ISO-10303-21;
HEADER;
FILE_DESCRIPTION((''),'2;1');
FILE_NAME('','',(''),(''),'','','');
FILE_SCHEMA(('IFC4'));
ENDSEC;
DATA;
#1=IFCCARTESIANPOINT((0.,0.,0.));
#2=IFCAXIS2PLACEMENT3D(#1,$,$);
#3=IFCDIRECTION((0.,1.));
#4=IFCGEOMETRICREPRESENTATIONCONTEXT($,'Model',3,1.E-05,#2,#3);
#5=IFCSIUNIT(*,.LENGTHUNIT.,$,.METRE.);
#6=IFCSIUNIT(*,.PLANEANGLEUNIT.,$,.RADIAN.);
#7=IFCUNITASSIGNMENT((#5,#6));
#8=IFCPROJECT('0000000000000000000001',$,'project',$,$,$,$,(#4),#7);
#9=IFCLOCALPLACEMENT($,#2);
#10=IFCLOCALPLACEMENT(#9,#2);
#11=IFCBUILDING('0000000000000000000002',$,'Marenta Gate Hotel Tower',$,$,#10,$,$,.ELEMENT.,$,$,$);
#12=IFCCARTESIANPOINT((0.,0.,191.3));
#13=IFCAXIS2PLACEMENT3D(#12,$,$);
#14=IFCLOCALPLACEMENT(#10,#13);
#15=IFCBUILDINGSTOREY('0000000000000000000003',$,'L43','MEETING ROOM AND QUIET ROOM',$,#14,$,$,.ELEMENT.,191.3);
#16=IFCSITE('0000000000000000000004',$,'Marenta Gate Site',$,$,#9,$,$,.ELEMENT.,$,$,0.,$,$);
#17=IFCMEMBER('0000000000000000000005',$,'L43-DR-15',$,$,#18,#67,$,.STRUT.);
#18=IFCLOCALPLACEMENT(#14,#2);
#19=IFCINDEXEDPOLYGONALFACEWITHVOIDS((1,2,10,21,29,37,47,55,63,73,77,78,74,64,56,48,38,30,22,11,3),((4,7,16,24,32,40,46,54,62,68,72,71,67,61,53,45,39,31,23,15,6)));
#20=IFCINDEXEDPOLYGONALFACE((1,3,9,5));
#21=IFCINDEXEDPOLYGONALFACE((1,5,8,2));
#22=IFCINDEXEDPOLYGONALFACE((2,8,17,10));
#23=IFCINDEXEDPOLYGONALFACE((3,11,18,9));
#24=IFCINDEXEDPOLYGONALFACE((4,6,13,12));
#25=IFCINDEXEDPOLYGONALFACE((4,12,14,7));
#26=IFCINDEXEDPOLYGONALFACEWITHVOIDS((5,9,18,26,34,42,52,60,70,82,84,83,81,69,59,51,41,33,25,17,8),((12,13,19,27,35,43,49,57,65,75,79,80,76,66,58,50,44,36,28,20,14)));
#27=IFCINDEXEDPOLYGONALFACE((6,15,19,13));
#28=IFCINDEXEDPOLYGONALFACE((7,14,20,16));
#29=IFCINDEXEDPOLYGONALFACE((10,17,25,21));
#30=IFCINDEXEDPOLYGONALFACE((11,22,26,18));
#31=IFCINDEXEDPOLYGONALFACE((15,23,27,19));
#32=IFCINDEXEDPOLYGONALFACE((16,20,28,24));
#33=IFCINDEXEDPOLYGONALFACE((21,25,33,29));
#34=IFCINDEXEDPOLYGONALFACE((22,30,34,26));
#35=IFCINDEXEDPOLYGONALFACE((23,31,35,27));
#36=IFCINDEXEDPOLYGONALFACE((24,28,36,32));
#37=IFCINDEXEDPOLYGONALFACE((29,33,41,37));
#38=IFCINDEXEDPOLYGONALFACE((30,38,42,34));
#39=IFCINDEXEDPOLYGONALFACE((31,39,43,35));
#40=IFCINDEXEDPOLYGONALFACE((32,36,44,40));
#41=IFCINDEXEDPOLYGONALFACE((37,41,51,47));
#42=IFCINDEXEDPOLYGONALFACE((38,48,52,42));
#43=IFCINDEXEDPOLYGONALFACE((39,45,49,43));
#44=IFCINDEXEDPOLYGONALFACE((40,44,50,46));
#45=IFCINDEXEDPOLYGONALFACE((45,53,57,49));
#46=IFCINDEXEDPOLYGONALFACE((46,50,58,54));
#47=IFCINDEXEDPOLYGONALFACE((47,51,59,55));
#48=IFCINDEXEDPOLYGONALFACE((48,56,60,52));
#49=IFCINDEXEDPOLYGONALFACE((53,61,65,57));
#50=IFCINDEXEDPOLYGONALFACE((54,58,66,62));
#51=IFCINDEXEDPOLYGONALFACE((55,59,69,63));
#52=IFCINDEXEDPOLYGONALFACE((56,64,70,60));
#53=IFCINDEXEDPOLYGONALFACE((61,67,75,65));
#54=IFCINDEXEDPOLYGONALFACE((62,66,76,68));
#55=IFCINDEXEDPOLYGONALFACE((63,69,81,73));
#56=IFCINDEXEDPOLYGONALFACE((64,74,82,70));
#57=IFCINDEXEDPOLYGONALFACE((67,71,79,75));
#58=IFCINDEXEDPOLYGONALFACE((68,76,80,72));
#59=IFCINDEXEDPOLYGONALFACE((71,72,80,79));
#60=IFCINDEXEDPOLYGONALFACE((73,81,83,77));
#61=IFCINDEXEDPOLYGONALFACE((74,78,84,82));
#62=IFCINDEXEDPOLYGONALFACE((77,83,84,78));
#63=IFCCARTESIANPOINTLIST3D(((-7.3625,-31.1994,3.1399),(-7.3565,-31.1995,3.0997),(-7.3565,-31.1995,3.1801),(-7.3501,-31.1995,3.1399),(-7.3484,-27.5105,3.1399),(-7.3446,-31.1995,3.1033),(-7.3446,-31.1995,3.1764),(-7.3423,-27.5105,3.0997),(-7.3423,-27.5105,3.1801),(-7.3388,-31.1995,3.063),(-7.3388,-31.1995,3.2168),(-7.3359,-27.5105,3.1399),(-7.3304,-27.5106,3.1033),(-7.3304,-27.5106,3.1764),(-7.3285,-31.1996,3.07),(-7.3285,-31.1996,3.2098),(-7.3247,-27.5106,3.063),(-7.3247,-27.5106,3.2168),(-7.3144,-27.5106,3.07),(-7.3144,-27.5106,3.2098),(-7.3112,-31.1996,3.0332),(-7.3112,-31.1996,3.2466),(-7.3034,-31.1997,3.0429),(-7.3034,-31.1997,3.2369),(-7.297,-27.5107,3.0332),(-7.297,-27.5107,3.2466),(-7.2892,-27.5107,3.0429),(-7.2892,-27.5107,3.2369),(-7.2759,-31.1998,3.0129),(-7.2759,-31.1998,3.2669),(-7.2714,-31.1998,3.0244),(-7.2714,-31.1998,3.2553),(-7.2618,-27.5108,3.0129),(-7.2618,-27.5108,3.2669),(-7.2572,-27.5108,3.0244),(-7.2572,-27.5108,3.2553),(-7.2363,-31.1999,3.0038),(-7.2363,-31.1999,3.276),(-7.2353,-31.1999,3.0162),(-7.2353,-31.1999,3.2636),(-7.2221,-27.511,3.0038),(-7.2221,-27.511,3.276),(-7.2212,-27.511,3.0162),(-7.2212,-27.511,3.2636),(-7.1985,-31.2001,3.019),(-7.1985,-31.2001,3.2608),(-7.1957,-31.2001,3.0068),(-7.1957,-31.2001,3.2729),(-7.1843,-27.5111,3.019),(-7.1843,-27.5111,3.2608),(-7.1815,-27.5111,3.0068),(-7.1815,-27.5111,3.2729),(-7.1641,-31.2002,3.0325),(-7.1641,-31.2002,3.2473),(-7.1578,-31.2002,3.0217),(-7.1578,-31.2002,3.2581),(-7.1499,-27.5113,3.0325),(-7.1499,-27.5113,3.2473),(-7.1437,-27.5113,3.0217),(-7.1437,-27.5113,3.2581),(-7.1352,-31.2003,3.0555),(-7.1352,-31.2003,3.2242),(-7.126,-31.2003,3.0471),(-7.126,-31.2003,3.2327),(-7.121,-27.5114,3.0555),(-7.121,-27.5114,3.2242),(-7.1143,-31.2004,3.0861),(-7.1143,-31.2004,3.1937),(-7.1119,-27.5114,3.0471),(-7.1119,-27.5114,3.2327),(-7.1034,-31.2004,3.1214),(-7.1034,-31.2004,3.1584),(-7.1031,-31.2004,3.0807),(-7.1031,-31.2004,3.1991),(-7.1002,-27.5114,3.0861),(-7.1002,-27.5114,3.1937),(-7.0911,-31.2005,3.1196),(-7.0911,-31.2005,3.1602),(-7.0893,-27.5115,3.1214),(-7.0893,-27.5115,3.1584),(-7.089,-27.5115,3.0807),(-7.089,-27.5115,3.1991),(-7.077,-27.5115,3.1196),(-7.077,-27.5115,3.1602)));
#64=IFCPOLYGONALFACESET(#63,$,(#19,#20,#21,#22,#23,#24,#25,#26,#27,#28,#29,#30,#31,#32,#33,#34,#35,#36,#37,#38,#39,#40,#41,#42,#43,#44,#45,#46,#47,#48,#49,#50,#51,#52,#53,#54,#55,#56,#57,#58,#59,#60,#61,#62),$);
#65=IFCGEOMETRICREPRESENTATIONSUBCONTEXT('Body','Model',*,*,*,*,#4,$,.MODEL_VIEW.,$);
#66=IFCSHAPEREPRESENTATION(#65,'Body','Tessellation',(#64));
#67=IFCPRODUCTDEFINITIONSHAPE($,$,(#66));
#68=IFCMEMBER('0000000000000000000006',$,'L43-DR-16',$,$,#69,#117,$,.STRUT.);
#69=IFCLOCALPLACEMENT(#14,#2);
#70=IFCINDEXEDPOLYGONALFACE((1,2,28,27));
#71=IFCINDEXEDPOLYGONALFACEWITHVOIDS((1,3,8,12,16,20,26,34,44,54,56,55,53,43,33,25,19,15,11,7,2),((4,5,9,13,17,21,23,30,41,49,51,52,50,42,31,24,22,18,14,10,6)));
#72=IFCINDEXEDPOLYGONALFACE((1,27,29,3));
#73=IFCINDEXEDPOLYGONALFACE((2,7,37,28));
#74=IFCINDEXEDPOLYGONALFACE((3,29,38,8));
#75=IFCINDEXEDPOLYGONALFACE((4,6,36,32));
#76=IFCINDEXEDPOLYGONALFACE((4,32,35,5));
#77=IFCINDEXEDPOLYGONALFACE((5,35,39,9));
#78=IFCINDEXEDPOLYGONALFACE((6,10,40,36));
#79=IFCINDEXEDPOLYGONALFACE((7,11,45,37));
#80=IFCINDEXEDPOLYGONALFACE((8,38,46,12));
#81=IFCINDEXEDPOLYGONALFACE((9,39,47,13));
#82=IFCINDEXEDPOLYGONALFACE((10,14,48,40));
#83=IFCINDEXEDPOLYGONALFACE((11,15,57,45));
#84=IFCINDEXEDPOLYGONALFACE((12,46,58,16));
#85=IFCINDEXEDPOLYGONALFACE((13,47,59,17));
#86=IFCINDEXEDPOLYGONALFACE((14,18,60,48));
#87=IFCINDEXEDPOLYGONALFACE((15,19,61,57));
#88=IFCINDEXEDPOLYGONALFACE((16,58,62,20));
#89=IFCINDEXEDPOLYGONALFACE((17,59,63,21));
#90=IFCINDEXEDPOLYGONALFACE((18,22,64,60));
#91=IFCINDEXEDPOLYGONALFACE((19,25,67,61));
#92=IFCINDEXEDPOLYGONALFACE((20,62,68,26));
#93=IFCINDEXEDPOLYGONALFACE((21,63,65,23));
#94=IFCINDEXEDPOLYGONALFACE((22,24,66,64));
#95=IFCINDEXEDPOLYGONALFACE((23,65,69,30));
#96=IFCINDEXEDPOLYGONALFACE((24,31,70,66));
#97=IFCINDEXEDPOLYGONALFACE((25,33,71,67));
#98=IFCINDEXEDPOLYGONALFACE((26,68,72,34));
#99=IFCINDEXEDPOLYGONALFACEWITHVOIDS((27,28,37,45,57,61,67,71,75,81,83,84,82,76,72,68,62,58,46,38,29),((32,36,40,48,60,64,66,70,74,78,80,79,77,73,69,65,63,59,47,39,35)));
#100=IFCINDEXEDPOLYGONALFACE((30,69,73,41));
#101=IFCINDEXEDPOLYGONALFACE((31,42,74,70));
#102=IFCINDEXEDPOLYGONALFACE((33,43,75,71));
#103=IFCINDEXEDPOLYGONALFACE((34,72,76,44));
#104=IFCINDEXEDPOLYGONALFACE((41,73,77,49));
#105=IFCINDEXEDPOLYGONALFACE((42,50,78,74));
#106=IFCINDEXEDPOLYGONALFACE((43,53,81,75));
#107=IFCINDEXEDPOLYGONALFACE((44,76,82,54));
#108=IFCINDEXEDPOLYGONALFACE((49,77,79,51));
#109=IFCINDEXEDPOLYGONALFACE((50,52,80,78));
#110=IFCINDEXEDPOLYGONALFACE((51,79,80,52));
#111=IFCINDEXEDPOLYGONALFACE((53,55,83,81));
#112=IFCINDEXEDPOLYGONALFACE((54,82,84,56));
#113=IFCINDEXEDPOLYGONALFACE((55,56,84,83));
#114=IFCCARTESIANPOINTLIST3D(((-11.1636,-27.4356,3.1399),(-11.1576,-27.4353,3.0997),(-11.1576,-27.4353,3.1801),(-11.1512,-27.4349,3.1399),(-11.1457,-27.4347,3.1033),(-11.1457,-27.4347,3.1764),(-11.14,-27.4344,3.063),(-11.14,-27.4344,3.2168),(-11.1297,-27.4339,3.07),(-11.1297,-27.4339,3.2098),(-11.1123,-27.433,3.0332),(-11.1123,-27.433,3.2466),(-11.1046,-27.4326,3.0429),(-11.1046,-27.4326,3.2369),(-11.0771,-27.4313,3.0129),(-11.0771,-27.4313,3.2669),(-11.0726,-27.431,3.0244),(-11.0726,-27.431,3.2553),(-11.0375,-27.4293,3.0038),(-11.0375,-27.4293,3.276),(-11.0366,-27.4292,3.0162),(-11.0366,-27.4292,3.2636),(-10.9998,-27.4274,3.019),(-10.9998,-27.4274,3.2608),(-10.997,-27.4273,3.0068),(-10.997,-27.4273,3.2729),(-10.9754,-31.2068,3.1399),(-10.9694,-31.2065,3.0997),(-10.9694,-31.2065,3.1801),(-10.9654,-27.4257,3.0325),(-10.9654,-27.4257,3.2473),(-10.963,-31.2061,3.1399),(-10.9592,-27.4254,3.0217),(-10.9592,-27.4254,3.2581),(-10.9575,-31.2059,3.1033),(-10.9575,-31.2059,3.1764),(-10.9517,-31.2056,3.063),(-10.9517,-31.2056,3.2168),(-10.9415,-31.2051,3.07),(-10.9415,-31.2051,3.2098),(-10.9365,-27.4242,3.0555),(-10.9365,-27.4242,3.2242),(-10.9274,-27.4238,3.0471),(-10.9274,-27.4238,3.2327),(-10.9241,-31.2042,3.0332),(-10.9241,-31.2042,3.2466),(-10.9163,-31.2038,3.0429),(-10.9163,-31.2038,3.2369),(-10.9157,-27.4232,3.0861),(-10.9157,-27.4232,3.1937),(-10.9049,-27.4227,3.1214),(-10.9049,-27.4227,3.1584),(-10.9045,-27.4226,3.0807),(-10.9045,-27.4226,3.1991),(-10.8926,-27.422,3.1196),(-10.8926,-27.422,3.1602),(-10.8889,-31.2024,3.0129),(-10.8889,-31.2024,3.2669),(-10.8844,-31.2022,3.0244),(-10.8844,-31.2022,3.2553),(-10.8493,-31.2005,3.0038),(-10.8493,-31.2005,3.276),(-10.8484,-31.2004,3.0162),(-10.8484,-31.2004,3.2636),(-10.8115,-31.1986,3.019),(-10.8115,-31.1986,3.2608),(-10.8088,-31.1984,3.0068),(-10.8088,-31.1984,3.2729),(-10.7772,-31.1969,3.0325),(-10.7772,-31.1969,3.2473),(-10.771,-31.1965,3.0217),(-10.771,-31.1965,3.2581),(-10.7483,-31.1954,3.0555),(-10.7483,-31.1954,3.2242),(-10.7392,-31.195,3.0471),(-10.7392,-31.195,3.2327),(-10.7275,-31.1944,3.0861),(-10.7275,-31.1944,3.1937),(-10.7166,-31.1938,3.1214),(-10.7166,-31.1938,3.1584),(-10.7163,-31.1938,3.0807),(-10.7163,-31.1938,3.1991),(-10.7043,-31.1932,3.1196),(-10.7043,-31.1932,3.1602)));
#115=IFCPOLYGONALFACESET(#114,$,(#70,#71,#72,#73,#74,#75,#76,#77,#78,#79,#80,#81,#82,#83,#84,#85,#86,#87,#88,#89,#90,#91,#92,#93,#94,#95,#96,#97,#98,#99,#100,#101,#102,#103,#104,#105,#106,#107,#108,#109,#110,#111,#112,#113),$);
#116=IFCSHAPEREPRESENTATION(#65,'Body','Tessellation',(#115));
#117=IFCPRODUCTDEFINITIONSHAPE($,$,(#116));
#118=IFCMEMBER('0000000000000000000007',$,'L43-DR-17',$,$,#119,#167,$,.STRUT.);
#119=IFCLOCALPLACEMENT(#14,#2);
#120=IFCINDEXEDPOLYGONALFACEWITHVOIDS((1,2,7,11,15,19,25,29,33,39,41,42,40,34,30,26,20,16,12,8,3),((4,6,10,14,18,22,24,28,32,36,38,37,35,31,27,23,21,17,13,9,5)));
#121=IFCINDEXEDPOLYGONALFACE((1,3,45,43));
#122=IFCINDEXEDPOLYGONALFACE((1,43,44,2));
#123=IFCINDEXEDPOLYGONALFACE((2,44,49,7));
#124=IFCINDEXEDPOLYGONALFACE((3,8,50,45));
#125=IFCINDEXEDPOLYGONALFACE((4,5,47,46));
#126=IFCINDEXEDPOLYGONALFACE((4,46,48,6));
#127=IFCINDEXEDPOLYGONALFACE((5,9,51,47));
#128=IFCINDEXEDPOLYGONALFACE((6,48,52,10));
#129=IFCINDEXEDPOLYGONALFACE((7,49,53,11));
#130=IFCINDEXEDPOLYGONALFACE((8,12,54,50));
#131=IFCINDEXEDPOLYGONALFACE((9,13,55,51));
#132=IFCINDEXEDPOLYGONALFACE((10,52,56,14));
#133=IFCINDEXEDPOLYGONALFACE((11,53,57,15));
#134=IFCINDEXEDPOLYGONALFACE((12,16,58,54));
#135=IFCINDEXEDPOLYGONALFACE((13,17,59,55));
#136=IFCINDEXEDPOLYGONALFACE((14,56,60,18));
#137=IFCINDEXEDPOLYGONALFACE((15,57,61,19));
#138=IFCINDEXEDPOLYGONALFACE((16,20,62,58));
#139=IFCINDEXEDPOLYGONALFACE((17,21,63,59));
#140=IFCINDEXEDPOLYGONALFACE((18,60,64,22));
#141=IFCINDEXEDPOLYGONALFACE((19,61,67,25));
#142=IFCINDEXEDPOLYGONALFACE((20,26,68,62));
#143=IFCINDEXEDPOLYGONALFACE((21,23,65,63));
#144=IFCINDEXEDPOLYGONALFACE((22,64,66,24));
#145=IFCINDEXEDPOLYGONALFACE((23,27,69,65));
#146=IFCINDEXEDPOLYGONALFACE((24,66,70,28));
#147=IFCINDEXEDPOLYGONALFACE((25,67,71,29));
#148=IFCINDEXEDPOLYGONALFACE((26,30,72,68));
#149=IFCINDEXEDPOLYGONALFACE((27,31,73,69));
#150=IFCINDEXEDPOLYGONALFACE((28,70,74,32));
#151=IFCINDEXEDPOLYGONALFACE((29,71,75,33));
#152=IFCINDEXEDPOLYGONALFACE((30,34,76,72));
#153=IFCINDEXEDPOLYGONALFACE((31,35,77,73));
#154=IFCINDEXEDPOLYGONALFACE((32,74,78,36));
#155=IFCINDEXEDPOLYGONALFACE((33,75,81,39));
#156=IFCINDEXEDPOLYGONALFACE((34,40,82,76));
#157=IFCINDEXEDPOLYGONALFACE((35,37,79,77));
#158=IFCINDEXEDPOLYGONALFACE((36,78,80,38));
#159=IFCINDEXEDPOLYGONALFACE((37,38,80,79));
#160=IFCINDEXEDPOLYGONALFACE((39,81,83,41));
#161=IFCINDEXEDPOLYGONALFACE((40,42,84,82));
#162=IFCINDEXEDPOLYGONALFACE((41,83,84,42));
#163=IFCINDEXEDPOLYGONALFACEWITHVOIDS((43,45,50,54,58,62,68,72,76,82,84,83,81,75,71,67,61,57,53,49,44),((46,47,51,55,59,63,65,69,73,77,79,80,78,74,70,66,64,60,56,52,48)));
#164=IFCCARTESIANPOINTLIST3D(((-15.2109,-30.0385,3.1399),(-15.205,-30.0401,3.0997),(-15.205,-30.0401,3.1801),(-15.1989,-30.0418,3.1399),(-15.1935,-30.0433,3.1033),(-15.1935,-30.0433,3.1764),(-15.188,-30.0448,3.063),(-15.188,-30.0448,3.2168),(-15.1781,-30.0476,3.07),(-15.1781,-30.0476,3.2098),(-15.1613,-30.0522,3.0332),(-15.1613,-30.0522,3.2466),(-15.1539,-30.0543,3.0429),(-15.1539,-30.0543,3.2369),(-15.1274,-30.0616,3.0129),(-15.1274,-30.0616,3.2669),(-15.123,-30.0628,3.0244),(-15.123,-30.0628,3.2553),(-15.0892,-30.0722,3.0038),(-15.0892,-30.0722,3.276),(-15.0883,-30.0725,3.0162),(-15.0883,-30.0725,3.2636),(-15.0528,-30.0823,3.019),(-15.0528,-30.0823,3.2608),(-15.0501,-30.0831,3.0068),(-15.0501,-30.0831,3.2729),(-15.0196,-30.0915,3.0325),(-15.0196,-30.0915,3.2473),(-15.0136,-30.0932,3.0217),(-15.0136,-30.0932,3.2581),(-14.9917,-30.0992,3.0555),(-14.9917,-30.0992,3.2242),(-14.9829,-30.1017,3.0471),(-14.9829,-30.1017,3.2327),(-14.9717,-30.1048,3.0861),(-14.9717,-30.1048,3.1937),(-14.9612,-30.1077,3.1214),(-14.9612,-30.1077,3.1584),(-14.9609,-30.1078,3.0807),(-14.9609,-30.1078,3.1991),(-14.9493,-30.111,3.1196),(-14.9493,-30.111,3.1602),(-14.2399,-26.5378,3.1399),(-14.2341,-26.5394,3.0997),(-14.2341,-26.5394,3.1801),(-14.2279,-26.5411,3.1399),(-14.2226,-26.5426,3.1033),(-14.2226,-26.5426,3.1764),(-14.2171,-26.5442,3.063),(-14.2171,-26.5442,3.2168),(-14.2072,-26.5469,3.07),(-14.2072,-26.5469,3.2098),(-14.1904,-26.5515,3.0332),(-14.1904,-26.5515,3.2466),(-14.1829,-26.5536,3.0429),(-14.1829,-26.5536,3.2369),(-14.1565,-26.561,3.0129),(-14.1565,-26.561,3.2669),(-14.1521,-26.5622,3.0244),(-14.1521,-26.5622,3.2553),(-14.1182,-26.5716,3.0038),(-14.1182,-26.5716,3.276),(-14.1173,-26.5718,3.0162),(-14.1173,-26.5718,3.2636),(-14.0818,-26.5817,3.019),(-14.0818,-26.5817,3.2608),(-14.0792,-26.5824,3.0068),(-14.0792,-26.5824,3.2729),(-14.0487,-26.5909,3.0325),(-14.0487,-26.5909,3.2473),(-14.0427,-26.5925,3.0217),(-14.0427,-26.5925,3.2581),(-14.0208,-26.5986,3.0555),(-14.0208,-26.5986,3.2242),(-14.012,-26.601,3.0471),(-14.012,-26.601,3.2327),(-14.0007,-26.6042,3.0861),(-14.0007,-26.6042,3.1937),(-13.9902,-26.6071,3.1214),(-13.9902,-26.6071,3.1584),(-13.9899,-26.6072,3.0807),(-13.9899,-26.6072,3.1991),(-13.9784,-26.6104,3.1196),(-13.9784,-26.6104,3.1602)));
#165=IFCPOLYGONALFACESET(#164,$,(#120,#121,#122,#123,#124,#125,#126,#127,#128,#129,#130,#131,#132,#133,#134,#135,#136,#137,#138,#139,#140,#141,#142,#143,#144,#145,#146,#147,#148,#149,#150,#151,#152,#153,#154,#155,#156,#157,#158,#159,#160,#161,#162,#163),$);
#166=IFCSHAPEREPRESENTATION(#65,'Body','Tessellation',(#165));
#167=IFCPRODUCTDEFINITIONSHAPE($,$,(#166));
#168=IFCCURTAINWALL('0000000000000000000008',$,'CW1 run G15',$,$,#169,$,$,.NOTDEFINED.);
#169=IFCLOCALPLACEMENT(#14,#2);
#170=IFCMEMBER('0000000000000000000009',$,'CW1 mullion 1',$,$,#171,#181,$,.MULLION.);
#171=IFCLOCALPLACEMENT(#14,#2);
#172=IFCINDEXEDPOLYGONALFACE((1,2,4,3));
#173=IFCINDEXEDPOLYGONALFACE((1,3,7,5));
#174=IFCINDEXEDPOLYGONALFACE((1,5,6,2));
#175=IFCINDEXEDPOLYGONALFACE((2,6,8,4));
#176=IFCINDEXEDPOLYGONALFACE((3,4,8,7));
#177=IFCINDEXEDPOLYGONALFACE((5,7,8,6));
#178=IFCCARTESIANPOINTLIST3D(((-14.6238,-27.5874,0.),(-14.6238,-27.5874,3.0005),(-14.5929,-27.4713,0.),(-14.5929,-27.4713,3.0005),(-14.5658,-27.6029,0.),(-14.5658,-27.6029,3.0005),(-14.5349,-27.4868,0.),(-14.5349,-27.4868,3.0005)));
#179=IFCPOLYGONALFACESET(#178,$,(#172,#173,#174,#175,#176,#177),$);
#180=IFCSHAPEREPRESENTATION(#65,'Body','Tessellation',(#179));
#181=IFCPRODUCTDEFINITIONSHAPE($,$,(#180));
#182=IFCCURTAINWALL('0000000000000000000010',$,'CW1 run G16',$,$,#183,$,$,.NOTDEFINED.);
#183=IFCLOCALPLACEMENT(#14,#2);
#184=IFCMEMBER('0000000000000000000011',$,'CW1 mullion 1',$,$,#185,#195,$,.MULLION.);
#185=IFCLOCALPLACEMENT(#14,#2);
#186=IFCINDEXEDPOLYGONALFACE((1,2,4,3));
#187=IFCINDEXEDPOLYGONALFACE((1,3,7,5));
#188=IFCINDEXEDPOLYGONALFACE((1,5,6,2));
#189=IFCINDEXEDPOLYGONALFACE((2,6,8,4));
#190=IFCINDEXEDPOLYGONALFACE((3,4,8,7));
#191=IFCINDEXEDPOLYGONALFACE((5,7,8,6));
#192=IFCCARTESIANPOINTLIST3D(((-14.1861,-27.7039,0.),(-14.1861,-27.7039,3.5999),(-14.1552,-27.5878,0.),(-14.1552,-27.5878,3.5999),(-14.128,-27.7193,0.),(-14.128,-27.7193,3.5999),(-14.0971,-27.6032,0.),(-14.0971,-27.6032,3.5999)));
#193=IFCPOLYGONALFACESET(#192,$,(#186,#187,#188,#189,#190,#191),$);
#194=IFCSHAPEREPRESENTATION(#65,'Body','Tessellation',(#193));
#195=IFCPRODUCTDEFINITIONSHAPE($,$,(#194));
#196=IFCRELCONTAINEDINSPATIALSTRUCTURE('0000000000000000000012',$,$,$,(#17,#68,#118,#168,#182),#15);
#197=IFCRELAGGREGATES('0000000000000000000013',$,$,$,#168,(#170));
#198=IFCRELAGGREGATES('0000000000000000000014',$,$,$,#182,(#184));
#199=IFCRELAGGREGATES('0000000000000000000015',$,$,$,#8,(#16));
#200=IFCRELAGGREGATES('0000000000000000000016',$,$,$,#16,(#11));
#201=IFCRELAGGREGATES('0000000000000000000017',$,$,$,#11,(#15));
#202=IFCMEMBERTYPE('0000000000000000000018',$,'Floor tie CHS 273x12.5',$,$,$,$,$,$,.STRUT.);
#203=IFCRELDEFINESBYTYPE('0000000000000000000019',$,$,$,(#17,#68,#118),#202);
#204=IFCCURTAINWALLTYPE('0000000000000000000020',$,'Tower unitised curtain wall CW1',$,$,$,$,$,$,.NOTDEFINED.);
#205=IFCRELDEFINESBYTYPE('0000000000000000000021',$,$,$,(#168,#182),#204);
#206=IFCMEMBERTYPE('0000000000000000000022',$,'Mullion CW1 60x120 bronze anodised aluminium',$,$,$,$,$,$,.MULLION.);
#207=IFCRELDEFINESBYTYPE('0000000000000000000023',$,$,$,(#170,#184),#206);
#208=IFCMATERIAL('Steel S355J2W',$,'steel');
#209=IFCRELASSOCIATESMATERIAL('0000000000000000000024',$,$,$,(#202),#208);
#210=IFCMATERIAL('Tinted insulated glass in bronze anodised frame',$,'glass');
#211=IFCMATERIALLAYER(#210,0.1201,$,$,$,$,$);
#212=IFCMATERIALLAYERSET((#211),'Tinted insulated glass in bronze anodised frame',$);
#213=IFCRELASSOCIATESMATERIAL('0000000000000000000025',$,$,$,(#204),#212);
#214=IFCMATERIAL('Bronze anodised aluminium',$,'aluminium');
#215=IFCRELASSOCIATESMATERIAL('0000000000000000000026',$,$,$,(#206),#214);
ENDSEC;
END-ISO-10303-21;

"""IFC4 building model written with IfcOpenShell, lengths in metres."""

from ifc_helpers import new_model, si_unit, direction, frame, origin, origin_2d, place, context, subcontext, project, spatial, rectangle, hollow_circle, extrude, material, layer, layer_set, material_profile, profile_set, type_object, element, aggregate, save


model = new_model("IFC4")

# Units and contexts
model_context = context("Model", 3, precision=1e-05, world=origin(), true_north=direction((0.0, 1.0)))
body_context = subcontext(model_context, "Body", "Model", "MODEL_VIEW")
ifc_project = project(units=[si_unit("LENGTHUNIT", "METRE"), si_unit("PLANEANGLEUNIT", "RADIAN")], contexts=[model_context])

# Site, building, storey
site_placement = place(None, origin())
site = spatial("IfcSite", under=ifc_project, at=site_placement, Name="Marenta Gate Site", CompositionType="ELEMENT", RefElevation=0.0)
building_placement = place(site_placement, origin())
building = spatial("IfcBuilding", under=site, at=building_placement, Name="Marenta Gate Hotel Tower", CompositionType="ELEMENT")
storey_placement = place(building_placement, frame((0.0, 0.0, 191.3)))
storey = spatial("IfcBuildingStorey", under=building, at=storey_placement, Name="L43", Description="MEETING ROOM AND QUIET ROOM", CompositionType="ELEMENT", Elevation=191.3)

# Members
ifc_material_1 = material(Name="Steel S355J2W", Category="steel")
ifc_material_profile_1 = material_profile(ifc_material_1, hollow_circle(Radius=0.1365, WallThickness=0.0125, at=origin_2d()), Name="CHS 273x12.5")
ifc_profile_set_1 = profile_set([ifc_material_profile_1], Name="Steel S355J2W")
member_type_1 = type_object("IfcMemberType", Name="Floor tie CHS 273x12.5", PredefinedType="STRUT", material=ifc_profile_set_1)
member_1_placement = place(storey_placement, frame((-7.2261, -31.2, 3.1399), z_axis=(0.003838, 0.999993, 0.0), x_axis=(-0.999993, 0.003838, 0.0)))
element("IfcMember", 1, at=member_1_placement, inside=storey, type_object=member_type_1, Name="L43-DR-15", PredefinedType="STRUT", context=body_context, shape_type="SweptSolid", body=[
    extrude(hollow_circle(Radius=0.1365, WallThickness=0.0125, at=origin_2d()), origin(), (0.0, 0.0, 1.0), 3.689),
])
member_2_placement = place(storey_placement, frame((-10.8391, -31.2, 3.1399), z_axis=(-0.049851, 0.998757, 0.0), x_axis=(-0.998757, -0.049851, 0.0)))
element("IfcMember", 2, at=member_2_placement, inside=storey, type_object=member_type_1, Name="L43-DR-16", PredefinedType="STRUT", context=body_context, shape_type="SweptSolid", body=[
    extrude(hollow_circle(Radius=0.1365, WallThickness=0.0125, at=origin_2d()), origin(), (0.0, 0.0, 1.0), 3.7759),
])
member_3_placement = place(storey_placement, frame((-15.0793, -30.075, 3.1399), z_axis=(0.267266, 0.963623, 0.0), x_axis=(-0.963623, 0.267266, 0.0)))
element("IfcMember", 3, at=member_3_placement, inside=storey, type_object=member_type_1, Name="L43-DR-17", PredefinedType="STRUT", context=body_context, shape_type="SweptSolid", body=[
    extrude(hollow_circle(Radius=0.1365, WallThickness=0.0125, at=origin_2d()), origin(), (0.0, 0.0, 1.0), 3.6328),
])

# Curtain walls, members
ifc_material_2 = material(Name="Tinted insulated glass in bronze anodised frame", Category="glass")
ifc_layer_1 = layer(ifc_material_2, 0.1201)
ifc_layer_set_1 = layer_set([ifc_layer_1], Name="Tinted insulated glass in bronze anodised frame")
curtain_wall_type = type_object("IfcCurtainWallType", Name="Tower unitised curtain wall CW1", PredefinedType="NOTDEFINED", material=ifc_layer_set_1)
curtain_wall_1_placement = place(storey_placement, origin())
curtain_wall_1 = element("IfcCurtainWall", 4, at=curtain_wall_1_placement, inside=storey, type_object=curtain_wall_type, Name="CW1 run G15", PredefinedType="NOTDEFINED")
ifc_material_3 = material(Name="Bronze anodised aluminium", Category="aluminium")
ifc_material_profile_2 = material_profile(ifc_material_3, rectangle(XDim=0.1201, YDim=0.0601, at=origin_2d()), Name="Mullion CW1 60x120 bronze anodised aluminium")
ifc_profile_set_2 = profile_set([ifc_material_profile_2], Name="Bronze anodised aluminium")
member_type_2 = type_object("IfcMemberType", Name="Mullion CW1 60x120 bronze anodised aluminium", PredefinedType="MULLION", material=ifc_profile_set_2)
member_4_placement = place(storey_placement, frame((-14.5793, -27.5371, 0.0), z_axis=(0.0, 0.0, 1.0), x_axis=(0.257154, 0.96637, 0.0)))
member_4 = element("IfcMember", 5, at=member_4_placement, type_object=member_type_2, Name="CW1 mullion 1", PredefinedType="MULLION", context=body_context, shape_type="SweptSolid", body=[
    extrude(rectangle(XDim=0.1201, YDim=0.0601, at=origin_2d()), origin(), (0.0, 0.0, 1.0), 3.0005),
])
curtain_wall_2_placement = place(storey_placement, origin())
curtain_wall_2 = element("IfcCurtainWall", 6, at=curtain_wall_2_placement, inside=storey, type_object=curtain_wall_type, Name="CW1 run G16", PredefinedType="NOTDEFINED")
member_5_placement = place(storey_placement, frame((-14.1416, -27.6536, 0.0), z_axis=(0.0, 0.0, 1.0), x_axis=(0.257117, 0.96638, 0.0)))
member_5 = element("IfcMember", 7, at=member_5_placement, type_object=member_type_2, Name="CW1 mullion 1", PredefinedType="MULLION", context=body_context, shape_type="SweptSolid", body=[
    extrude(rectangle(XDim=0.1201, YDim=0.0601, at=origin_2d()), origin(), (0.0, 0.0, 1.0), 3.5999),
])

aggregate(curtain_wall_1, [member_4])
aggregate(curtain_wall_2, [member_5])

save(model, "model.ifc")
